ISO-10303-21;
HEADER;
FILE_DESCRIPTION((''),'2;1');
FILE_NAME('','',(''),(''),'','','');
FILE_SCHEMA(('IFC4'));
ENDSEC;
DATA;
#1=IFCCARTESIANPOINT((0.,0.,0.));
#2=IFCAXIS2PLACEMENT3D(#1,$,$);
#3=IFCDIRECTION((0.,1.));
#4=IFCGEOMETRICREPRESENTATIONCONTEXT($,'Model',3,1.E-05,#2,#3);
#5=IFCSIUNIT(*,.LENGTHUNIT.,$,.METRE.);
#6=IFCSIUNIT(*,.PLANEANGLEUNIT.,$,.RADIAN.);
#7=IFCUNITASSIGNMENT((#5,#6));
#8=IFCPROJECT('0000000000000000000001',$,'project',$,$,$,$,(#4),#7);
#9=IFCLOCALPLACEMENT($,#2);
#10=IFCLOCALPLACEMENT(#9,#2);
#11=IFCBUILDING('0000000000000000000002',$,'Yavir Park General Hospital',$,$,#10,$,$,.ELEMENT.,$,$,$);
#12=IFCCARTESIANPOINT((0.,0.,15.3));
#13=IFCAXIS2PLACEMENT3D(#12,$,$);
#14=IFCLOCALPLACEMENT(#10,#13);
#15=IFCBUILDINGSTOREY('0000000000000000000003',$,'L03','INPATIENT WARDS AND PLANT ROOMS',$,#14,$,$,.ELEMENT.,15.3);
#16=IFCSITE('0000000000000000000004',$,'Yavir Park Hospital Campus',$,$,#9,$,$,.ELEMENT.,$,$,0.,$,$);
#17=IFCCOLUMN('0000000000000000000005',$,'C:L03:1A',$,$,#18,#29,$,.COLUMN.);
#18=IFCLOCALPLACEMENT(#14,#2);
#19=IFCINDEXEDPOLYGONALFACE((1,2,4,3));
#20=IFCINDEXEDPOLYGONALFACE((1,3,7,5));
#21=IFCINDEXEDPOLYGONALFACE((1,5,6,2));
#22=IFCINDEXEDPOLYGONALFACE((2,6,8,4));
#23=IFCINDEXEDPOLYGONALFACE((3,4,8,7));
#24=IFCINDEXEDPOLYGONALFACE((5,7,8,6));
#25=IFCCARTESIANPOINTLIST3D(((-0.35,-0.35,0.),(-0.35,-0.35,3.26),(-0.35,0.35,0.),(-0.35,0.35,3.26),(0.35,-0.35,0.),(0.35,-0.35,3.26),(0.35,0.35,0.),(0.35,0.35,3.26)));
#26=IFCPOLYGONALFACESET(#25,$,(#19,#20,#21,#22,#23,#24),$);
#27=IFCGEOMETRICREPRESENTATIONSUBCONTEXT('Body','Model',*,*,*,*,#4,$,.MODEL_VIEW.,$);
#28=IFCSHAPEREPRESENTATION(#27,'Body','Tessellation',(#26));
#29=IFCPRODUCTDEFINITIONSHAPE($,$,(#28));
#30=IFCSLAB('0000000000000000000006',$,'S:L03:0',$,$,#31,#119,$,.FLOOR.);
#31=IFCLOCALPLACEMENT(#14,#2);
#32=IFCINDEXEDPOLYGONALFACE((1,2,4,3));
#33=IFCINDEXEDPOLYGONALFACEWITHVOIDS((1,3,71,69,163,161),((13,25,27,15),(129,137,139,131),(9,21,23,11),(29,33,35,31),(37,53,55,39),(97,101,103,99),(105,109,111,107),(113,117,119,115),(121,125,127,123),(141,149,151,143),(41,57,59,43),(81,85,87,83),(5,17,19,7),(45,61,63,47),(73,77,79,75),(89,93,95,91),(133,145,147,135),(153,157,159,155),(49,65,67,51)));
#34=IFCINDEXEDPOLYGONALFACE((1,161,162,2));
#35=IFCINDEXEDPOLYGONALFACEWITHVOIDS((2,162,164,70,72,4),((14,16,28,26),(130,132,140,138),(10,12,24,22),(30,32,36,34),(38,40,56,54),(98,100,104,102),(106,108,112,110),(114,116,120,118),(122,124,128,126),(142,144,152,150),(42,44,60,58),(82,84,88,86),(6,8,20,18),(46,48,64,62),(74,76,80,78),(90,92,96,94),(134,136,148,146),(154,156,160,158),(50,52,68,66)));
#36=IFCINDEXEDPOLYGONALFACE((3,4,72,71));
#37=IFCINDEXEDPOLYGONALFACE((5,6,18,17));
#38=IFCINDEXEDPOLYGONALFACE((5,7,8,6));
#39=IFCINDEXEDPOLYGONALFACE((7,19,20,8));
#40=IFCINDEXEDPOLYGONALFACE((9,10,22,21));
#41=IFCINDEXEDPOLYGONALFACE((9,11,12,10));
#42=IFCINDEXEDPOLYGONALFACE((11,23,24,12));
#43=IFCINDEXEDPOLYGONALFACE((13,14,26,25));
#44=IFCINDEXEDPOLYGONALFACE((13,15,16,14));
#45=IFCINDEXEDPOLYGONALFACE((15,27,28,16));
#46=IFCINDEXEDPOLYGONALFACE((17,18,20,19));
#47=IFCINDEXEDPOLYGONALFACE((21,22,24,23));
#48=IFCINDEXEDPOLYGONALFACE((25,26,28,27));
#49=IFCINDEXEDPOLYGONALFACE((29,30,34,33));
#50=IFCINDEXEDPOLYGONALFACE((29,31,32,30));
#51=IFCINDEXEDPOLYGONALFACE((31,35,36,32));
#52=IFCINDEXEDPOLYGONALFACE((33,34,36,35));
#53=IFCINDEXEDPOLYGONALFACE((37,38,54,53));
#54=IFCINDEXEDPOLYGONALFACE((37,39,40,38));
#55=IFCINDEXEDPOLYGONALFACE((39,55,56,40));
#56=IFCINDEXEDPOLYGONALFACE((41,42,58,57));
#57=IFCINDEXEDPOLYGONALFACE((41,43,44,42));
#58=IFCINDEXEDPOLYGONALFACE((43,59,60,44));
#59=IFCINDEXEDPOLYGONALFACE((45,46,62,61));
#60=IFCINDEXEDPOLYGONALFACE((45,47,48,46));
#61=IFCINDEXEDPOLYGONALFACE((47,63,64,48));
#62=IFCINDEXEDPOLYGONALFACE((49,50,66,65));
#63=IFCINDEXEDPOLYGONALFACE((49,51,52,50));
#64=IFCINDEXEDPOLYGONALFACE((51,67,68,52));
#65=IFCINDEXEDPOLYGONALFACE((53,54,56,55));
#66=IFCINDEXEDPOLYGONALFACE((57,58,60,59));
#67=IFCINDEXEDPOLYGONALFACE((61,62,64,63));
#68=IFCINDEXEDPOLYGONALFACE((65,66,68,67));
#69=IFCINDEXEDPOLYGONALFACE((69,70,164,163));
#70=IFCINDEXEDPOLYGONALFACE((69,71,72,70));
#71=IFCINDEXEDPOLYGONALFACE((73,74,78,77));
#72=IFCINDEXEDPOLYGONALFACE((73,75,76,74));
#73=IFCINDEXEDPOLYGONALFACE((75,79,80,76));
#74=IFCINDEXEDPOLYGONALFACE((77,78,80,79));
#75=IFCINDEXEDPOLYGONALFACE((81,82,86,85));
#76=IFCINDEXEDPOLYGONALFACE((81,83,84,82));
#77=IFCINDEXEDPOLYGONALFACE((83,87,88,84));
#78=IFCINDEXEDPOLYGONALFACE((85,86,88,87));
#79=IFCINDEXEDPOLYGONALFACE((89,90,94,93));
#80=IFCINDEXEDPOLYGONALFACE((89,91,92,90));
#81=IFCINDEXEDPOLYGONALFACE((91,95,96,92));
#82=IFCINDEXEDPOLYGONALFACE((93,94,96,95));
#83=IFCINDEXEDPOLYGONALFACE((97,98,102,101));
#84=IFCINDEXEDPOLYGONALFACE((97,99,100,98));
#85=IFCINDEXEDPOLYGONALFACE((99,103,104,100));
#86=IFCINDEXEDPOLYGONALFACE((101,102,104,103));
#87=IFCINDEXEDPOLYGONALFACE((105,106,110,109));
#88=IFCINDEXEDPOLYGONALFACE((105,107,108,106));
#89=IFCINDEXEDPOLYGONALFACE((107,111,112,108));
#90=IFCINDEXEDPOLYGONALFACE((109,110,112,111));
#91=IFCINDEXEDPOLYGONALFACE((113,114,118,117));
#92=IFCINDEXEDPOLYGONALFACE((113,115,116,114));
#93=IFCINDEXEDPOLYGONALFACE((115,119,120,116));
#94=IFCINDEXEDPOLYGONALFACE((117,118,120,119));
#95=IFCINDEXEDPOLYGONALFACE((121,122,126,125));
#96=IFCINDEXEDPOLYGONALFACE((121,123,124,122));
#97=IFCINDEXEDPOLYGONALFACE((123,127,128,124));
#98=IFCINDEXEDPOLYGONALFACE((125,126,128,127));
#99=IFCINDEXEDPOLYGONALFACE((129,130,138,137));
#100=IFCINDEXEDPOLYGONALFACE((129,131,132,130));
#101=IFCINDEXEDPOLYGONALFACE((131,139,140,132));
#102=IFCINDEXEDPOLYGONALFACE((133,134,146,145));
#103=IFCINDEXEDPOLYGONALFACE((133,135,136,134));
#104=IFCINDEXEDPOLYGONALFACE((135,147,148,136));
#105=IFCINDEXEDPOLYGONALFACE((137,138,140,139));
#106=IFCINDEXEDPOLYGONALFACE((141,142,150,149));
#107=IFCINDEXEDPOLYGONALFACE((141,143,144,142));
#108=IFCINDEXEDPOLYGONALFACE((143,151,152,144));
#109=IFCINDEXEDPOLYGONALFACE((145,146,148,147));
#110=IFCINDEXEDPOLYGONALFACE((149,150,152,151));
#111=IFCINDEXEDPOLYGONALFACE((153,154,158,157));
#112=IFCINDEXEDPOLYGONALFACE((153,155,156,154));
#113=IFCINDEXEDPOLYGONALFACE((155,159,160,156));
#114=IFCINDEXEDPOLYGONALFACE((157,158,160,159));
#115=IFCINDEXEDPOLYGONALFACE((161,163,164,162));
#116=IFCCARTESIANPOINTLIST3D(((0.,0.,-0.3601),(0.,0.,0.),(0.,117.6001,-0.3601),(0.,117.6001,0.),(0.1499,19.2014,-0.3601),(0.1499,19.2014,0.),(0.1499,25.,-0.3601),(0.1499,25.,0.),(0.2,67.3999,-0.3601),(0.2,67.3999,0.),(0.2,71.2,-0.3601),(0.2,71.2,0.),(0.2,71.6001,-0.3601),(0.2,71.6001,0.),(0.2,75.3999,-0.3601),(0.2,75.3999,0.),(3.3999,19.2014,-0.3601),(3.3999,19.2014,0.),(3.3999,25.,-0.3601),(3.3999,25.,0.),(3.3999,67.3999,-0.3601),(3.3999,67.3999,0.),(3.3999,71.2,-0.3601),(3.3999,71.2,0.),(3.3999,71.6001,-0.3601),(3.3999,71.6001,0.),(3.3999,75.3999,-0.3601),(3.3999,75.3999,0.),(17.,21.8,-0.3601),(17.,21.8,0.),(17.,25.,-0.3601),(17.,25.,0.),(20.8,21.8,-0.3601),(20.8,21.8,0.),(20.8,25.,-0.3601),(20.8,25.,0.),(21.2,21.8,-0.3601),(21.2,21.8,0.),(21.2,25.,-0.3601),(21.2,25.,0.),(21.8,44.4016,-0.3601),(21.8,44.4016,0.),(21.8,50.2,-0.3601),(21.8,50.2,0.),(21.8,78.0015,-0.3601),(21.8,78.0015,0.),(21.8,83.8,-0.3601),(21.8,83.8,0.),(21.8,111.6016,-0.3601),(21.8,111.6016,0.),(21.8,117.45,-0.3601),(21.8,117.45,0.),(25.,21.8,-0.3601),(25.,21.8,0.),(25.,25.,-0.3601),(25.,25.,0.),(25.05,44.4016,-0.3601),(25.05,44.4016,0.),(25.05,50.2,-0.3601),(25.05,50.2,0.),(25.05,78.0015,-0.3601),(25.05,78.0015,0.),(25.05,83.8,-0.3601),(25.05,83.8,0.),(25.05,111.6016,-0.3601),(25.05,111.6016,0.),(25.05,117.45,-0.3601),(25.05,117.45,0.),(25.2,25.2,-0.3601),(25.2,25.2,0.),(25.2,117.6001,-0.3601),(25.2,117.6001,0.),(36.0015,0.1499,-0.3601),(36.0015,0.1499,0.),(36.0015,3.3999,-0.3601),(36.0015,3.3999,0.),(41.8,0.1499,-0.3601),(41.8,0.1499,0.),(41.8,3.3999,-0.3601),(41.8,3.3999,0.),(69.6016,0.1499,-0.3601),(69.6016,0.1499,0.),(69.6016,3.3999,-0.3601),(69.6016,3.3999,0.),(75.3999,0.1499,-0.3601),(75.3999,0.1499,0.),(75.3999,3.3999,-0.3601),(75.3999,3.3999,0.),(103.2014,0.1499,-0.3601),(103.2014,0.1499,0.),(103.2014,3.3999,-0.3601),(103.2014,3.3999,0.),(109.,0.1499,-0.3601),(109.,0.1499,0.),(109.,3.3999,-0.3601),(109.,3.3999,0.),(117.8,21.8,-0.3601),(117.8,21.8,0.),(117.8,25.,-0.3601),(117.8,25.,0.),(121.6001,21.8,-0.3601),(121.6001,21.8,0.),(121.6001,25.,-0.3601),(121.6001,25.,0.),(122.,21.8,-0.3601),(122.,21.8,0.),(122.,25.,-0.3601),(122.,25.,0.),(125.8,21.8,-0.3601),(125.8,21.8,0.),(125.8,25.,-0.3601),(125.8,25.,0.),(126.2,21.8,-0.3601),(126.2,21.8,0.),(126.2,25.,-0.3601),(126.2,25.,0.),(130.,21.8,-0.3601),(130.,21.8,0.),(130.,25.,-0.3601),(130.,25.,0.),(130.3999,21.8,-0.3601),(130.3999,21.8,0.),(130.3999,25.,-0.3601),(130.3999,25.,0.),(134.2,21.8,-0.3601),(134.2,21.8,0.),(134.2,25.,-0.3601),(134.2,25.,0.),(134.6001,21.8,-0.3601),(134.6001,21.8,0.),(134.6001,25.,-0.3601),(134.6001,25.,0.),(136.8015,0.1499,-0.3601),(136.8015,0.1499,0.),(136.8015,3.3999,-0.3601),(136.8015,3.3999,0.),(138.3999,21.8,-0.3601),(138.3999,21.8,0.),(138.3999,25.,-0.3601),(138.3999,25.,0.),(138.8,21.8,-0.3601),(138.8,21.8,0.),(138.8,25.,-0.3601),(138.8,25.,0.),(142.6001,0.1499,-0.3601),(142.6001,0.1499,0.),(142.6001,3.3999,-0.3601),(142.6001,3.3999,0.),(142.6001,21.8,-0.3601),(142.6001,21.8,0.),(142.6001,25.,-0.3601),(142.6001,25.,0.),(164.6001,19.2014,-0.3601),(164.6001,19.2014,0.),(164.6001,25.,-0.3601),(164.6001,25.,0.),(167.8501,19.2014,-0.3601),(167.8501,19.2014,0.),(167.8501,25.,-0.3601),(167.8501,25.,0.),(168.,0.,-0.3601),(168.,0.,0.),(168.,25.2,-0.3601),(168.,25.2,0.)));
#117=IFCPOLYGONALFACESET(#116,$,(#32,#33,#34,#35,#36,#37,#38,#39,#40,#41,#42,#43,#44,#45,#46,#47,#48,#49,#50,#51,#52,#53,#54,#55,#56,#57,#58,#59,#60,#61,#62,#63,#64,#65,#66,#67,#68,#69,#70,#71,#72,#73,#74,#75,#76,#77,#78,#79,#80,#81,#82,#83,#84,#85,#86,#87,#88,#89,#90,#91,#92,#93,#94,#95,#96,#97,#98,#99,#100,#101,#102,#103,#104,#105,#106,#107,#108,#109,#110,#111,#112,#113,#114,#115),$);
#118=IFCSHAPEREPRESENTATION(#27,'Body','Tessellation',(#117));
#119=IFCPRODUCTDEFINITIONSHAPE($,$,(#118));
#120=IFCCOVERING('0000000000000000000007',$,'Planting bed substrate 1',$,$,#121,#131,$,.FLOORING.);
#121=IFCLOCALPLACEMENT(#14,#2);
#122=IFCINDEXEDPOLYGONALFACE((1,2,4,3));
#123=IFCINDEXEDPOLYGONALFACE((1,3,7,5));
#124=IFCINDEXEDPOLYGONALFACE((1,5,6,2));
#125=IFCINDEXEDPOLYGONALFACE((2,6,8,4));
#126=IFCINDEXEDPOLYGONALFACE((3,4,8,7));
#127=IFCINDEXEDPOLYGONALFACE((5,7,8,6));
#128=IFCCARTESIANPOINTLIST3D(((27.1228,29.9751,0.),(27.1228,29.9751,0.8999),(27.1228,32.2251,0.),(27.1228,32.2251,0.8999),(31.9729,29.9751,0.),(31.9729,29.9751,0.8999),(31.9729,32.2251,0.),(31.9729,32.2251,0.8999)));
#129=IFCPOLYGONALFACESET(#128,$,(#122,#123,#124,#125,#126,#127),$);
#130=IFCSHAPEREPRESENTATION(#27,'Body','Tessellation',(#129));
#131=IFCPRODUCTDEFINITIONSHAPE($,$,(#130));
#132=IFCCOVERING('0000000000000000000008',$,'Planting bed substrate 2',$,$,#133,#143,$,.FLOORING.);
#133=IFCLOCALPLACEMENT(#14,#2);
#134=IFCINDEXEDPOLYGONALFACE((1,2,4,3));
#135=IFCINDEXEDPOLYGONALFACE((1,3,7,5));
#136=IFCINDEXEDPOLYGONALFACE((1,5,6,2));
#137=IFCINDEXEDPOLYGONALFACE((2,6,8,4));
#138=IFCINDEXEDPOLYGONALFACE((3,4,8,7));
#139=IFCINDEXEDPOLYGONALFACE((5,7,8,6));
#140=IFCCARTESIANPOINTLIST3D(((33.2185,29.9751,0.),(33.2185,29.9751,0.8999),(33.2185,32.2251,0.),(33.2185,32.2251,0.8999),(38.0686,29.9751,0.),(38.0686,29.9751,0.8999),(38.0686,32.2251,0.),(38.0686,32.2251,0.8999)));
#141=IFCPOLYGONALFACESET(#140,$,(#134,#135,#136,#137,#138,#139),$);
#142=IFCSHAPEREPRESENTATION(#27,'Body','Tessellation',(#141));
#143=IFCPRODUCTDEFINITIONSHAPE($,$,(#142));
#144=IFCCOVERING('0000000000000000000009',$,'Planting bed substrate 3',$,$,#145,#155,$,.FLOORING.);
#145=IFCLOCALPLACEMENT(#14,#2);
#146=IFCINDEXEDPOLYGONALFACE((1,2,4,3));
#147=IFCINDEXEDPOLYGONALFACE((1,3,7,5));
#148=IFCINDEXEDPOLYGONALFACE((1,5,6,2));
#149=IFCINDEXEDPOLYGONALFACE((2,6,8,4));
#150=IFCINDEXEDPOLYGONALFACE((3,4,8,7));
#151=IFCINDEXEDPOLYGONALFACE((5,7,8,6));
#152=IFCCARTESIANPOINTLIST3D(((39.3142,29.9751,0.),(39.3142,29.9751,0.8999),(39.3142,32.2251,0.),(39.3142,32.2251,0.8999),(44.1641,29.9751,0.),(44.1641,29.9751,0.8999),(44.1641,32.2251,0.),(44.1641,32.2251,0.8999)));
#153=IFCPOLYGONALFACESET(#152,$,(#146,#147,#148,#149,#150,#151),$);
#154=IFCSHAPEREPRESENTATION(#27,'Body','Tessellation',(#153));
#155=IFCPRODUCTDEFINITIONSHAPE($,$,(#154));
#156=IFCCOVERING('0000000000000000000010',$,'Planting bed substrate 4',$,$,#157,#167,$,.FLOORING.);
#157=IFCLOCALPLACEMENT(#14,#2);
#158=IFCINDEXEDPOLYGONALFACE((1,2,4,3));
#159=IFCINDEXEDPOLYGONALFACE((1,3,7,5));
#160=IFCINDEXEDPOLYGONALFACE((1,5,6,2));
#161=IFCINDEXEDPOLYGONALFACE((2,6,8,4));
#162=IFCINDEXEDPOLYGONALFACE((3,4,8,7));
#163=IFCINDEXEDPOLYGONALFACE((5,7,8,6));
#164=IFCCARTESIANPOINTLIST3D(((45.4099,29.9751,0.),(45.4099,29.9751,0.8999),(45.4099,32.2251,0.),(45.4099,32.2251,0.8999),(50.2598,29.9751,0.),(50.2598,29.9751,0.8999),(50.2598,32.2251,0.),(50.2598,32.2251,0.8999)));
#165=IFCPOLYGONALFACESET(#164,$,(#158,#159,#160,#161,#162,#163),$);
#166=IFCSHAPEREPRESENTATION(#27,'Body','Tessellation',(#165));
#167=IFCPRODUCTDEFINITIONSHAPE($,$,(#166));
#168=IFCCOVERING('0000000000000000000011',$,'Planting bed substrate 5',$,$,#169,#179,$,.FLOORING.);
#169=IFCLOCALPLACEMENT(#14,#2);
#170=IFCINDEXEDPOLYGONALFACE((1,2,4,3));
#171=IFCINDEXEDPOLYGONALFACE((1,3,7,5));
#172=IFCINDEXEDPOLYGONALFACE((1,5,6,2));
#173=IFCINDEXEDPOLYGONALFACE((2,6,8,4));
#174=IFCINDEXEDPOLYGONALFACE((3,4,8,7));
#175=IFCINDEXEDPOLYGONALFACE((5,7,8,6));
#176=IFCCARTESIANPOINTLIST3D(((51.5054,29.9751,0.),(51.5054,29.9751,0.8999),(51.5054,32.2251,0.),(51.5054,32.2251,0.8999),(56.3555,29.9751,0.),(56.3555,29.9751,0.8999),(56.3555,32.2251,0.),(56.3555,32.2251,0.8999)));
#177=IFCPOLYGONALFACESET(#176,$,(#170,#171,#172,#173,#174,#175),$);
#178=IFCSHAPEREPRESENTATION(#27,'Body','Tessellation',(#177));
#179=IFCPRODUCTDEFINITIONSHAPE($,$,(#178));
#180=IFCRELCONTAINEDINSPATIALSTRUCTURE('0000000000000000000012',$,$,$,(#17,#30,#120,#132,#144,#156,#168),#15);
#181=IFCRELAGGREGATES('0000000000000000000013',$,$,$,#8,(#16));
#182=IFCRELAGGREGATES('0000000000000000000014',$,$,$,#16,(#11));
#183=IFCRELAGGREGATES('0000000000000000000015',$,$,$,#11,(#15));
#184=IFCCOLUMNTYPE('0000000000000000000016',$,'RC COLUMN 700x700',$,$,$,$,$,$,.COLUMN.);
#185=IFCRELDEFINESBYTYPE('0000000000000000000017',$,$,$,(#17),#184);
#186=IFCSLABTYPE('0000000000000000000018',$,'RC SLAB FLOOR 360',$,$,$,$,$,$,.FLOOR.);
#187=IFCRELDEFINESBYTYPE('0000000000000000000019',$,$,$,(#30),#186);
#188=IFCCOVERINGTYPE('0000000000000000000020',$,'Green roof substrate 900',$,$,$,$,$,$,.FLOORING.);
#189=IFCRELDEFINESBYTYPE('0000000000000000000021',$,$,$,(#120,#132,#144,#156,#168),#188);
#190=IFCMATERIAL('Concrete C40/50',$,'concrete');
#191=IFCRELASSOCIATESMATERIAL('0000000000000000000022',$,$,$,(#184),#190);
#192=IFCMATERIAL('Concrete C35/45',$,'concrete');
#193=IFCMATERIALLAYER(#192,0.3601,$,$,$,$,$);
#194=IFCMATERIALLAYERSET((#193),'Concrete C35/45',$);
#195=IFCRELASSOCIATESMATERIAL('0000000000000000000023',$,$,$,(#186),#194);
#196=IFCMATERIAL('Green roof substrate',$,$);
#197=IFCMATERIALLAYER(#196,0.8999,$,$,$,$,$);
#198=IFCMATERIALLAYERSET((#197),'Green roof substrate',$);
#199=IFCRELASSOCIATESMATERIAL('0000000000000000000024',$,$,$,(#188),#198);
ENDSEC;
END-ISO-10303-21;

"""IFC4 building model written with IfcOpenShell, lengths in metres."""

from ifc_helpers import new_model, si_unit, direction, frame, origin, origin_with_axes, origin_2d, place, context, subcontext, project, spatial, polyline, rectangle, outline, extrude, material, layer, layer_set, material_profile, profile_set, type_object, element, save


model = new_model("IFC4")

# Units and contexts
model_context = context("Model", 3, precision=1e-05, world=origin(), true_north=direction((0.0, 1.0)))
body_context = subcontext(model_context, "Body", "Model", "MODEL_VIEW")
ifc_project = project(units=[si_unit("LENGTHUNIT", "METRE"), si_unit("PLANEANGLEUNIT", "RADIAN")], contexts=[model_context])

# Site, building, storey
site_placement = place(None, origin())
site = spatial("IfcSite", under=ifc_project, at=site_placement, Name="Yavir Park Hospital Campus", CompositionType="ELEMENT", RefElevation=0.0)
building_placement = place(site_placement, origin())
building = spatial("IfcBuilding", under=site, at=building_placement, Name="Yavir Park General Hospital", CompositionType="ELEMENT")
storey_placement = place(building_placement, frame((0.0, 0.0, 15.3)))
storey = spatial("IfcBuildingStorey", under=building, at=storey_placement, Name="L03", Description="INPATIENT WARDS AND PLANT ROOMS", CompositionType="ELEMENT", Elevation=15.3)

# Column
ifc_material_1 = material(Name="Concrete C40/50", Category="concrete")
ifc_material_profile = material_profile(ifc_material_1, rectangle(XDim=0.7, YDim=0.7, at=origin_2d()), Name="RC700x700")
ifc_profile_set = profile_set([ifc_material_profile], Name="Concrete C40/50")
column_type = type_object("IfcColumnType", Name="RC COLUMN 700x700", PredefinedType="COLUMN", material=ifc_profile_set)
column_placement = place(storey_placement, origin_with_axes())
element("IfcColumn", 1, at=column_placement, inside=storey, type_object=column_type, Name="C:L03:1A", PredefinedType="COLUMN", context=body_context, shape_type="SweptSolid", body=[
    extrude(rectangle(XDim=0.7, YDim=0.7, at=origin_2d()), origin(), (0.0, 0.0, 1.0), 3.26),
])

# Slab
ifc_material_2 = material(Name="Concrete C35/45", Category="concrete")
ifc_layer_1 = layer(ifc_material_2, 0.3601)
ifc_layer_set_1 = layer_set([ifc_layer_1], Name="Concrete C35/45")
slab_type = type_object("IfcSlabType", Name="RC SLAB FLOOR 360", PredefinedType="FLOOR", material=ifc_layer_set_1)
slab_placement = place(storey_placement, frame((0.0, 0.0, -0.3601)))
element("IfcSlab", 2, at=slab_placement, inside=storey, type_object=slab_type, Name="S:L03:0", PredefinedType="FLOOR", context=body_context, shape_type="SweptSolid", body=[
    extrude(outline(polyline([(0.0, 117.6001), (0.0, 0.0), (168.0, 0.0), (168.0, 25.2), (25.2, 25.2), (25.2, 117.6001), (0.0, 117.6001)]), holes=[polyline([(17.0, 21.8), (17.0, 25.0), (20.8, 25.0), (20.8, 21.8), (17.0, 21.8)]), polyline([(21.2, 21.8), (21.2, 25.0), (25.0, 25.0), (25.0, 21.8), (21.2, 21.8)]), polyline([(0.2, 67.3999), (0.2, 71.2), (3.3999, 71.2), (3.3999, 67.3999), (0.2, 67.3999)]), polyline([(0.2, 75.3999), (3.3999, 75.3999), (3.3999, 71.6001), (0.2, 71.6001), (0.2, 75.3999)]), polyline([(117.8, 25.0), (121.6001, 25.0), (121.6001, 21.8), (117.8, 21.8), (117.8, 25.0)]), polyline([(122.0, 21.8), (122.0, 25.0), (125.8, 25.0), (125.8, 21.8), (122.0, 21.8)]), polyline([(126.2, 21.8), (126.2, 25.0), (130.0, 25.0), (130.0, 21.8), (126.2, 21.8)]), polyline([(130.3999, 21.8), (130.3999, 25.0), (134.2, 25.0), (134.2, 21.8), (130.3999, 21.8)]), polyline([(134.6001, 25.0), (138.3999, 25.0), (138.3999, 21.8), (134.6001, 21.8), (134.6001, 25.0)]), polyline([(138.8, 25.0), (142.6001, 25.0), (142.6001, 21.8), (138.8, 21.8), (138.8, 25.0)]), polyline([(3.3999, 19.2014), (0.1499, 19.2014), (0.1499, 25.0), (3.3999, 25.0), (3.3999, 19.2014)]), polyline([(36.0015, 3.3999), (41.8, 3.3999), (41.8, 0.1499), (36.0015, 0.1499), (36.0015, 3.3999)]), polyline([(75.3999, 0.1499), (69.6016, 0.1499), (69.6016, 3.3999), (75.3999, 3.3999), (75.3999, 0.1499)]), polyline([(103.2014, 3.3999), (109.0, 3.3999), (109.0, 0.1499), (103.2014, 0.1499), (103.2014, 3.3999)]), polyline([(142.6001, 0.1499), (136.8015, 0.1499), (136.8015, 3.3999), (142.6001, 3.3999), (142.6001, 0.1499)]), polyline([(164.6001, 25.0), (167.8501, 25.0), (167.8501, 19.2014), (164.6001, 19.2014), (164.6001, 25.0)]), polyline([(25.05, 44.4016), (21.8, 44.4016), (21.8, 50.2), (25.05, 50.2), (25.05, 44.4016)]), polyline([(21.8, 83.8), (25.05, 83.8), (25.05, 78.0015), (21.8, 78.0015), (21.8, 83.8)]), polyline([(25.05, 111.6016), (21.8, 111.6016), (21.8, 117.45), (25.05, 117.45), (25.05, 111.6016)])]), origin(), (0.0, 0.0, 1.0), 0.3601),
])

# Coverings
ifc_material_3 = material(Name="Green roof substrate")
ifc_layer_2 = layer(ifc_material_3, 0.8999)
ifc_layer_set_2 = layer_set([ifc_layer_2], Name="Green roof substrate")
covering_type = type_object("IfcCoveringType", Name="Green roof substrate 900", PredefinedType="FLOORING", material=ifc_layer_set_2)
covering_1_placement = place(storey_placement, origin())
element("IfcCovering", 3, at=covering_1_placement, inside=storey, type_object=covering_type, Name="Planting bed substrate 1", PredefinedType="FLOORING", context=body_context, shape_type="SweptSolid", body=[
    extrude(outline(polyline([(27.1228, 29.9751), (31.9729, 29.9751), (31.9729, 32.2251), (27.1228, 32.2251), (27.1228, 29.9751)])), origin(), (0.0, 0.0, 1.0), 0.8999),
])
covering_2_placement = place(storey_placement, origin())
element("IfcCovering", 4, at=covering_2_placement, inside=storey, type_object=covering_type, Name="Planting bed substrate 2", PredefinedType="FLOORING", context=body_context, shape_type="SweptSolid", body=[
    extrude(outline(polyline([(33.2185, 29.9751), (38.0686, 29.9751), (38.0686, 32.2251), (33.2185, 32.2251), (33.2185, 29.9751)])), origin(), (0.0, 0.0, 1.0), 0.8999),
])
covering_3_placement = place(storey_placement, origin())
element("IfcCovering", 5, at=covering_3_placement, inside=storey, type_object=covering_type, Name="Planting bed substrate 3", PredefinedType="FLOORING", context=body_context, shape_type="SweptSolid", body=[
    extrude(outline(polyline([(39.3142, 29.9751), (44.1641, 29.9751), (44.1641, 32.2251), (39.3142, 32.2251), (39.3142, 29.9751)])), origin(), (0.0, 0.0, 1.0), 0.8999),
])
covering_4_placement = place(storey_placement, origin())
element("IfcCovering", 6, at=covering_4_placement, inside=storey, type_object=covering_type, Name="Planting bed substrate 4", PredefinedType="FLOORING", context=body_context, shape_type="SweptSolid", body=[
    extrude(outline(polyline([(45.4099, 29.9751), (50.2598, 29.9751), (50.2598, 32.2251), (45.4099, 32.2251), (45.4099, 29.9751)])), origin(), (0.0, 0.0, 1.0), 0.8999),
])
covering_5_placement = place(storey_placement, origin())
element("IfcCovering", 7, at=covering_5_placement, inside=storey, type_object=covering_type, Name="Planting bed substrate 5", PredefinedType="FLOORING", context=body_context, shape_type="SweptSolid", body=[
    extrude(outline(polyline([(51.5054, 29.9751), (56.3555, 29.9751), (56.3555, 32.2251), (51.5054, 32.2251), (51.5054, 29.9751)])), origin(), (0.0, 0.0, 1.0), 0.8999),
])

save(model, "model.ifc")
